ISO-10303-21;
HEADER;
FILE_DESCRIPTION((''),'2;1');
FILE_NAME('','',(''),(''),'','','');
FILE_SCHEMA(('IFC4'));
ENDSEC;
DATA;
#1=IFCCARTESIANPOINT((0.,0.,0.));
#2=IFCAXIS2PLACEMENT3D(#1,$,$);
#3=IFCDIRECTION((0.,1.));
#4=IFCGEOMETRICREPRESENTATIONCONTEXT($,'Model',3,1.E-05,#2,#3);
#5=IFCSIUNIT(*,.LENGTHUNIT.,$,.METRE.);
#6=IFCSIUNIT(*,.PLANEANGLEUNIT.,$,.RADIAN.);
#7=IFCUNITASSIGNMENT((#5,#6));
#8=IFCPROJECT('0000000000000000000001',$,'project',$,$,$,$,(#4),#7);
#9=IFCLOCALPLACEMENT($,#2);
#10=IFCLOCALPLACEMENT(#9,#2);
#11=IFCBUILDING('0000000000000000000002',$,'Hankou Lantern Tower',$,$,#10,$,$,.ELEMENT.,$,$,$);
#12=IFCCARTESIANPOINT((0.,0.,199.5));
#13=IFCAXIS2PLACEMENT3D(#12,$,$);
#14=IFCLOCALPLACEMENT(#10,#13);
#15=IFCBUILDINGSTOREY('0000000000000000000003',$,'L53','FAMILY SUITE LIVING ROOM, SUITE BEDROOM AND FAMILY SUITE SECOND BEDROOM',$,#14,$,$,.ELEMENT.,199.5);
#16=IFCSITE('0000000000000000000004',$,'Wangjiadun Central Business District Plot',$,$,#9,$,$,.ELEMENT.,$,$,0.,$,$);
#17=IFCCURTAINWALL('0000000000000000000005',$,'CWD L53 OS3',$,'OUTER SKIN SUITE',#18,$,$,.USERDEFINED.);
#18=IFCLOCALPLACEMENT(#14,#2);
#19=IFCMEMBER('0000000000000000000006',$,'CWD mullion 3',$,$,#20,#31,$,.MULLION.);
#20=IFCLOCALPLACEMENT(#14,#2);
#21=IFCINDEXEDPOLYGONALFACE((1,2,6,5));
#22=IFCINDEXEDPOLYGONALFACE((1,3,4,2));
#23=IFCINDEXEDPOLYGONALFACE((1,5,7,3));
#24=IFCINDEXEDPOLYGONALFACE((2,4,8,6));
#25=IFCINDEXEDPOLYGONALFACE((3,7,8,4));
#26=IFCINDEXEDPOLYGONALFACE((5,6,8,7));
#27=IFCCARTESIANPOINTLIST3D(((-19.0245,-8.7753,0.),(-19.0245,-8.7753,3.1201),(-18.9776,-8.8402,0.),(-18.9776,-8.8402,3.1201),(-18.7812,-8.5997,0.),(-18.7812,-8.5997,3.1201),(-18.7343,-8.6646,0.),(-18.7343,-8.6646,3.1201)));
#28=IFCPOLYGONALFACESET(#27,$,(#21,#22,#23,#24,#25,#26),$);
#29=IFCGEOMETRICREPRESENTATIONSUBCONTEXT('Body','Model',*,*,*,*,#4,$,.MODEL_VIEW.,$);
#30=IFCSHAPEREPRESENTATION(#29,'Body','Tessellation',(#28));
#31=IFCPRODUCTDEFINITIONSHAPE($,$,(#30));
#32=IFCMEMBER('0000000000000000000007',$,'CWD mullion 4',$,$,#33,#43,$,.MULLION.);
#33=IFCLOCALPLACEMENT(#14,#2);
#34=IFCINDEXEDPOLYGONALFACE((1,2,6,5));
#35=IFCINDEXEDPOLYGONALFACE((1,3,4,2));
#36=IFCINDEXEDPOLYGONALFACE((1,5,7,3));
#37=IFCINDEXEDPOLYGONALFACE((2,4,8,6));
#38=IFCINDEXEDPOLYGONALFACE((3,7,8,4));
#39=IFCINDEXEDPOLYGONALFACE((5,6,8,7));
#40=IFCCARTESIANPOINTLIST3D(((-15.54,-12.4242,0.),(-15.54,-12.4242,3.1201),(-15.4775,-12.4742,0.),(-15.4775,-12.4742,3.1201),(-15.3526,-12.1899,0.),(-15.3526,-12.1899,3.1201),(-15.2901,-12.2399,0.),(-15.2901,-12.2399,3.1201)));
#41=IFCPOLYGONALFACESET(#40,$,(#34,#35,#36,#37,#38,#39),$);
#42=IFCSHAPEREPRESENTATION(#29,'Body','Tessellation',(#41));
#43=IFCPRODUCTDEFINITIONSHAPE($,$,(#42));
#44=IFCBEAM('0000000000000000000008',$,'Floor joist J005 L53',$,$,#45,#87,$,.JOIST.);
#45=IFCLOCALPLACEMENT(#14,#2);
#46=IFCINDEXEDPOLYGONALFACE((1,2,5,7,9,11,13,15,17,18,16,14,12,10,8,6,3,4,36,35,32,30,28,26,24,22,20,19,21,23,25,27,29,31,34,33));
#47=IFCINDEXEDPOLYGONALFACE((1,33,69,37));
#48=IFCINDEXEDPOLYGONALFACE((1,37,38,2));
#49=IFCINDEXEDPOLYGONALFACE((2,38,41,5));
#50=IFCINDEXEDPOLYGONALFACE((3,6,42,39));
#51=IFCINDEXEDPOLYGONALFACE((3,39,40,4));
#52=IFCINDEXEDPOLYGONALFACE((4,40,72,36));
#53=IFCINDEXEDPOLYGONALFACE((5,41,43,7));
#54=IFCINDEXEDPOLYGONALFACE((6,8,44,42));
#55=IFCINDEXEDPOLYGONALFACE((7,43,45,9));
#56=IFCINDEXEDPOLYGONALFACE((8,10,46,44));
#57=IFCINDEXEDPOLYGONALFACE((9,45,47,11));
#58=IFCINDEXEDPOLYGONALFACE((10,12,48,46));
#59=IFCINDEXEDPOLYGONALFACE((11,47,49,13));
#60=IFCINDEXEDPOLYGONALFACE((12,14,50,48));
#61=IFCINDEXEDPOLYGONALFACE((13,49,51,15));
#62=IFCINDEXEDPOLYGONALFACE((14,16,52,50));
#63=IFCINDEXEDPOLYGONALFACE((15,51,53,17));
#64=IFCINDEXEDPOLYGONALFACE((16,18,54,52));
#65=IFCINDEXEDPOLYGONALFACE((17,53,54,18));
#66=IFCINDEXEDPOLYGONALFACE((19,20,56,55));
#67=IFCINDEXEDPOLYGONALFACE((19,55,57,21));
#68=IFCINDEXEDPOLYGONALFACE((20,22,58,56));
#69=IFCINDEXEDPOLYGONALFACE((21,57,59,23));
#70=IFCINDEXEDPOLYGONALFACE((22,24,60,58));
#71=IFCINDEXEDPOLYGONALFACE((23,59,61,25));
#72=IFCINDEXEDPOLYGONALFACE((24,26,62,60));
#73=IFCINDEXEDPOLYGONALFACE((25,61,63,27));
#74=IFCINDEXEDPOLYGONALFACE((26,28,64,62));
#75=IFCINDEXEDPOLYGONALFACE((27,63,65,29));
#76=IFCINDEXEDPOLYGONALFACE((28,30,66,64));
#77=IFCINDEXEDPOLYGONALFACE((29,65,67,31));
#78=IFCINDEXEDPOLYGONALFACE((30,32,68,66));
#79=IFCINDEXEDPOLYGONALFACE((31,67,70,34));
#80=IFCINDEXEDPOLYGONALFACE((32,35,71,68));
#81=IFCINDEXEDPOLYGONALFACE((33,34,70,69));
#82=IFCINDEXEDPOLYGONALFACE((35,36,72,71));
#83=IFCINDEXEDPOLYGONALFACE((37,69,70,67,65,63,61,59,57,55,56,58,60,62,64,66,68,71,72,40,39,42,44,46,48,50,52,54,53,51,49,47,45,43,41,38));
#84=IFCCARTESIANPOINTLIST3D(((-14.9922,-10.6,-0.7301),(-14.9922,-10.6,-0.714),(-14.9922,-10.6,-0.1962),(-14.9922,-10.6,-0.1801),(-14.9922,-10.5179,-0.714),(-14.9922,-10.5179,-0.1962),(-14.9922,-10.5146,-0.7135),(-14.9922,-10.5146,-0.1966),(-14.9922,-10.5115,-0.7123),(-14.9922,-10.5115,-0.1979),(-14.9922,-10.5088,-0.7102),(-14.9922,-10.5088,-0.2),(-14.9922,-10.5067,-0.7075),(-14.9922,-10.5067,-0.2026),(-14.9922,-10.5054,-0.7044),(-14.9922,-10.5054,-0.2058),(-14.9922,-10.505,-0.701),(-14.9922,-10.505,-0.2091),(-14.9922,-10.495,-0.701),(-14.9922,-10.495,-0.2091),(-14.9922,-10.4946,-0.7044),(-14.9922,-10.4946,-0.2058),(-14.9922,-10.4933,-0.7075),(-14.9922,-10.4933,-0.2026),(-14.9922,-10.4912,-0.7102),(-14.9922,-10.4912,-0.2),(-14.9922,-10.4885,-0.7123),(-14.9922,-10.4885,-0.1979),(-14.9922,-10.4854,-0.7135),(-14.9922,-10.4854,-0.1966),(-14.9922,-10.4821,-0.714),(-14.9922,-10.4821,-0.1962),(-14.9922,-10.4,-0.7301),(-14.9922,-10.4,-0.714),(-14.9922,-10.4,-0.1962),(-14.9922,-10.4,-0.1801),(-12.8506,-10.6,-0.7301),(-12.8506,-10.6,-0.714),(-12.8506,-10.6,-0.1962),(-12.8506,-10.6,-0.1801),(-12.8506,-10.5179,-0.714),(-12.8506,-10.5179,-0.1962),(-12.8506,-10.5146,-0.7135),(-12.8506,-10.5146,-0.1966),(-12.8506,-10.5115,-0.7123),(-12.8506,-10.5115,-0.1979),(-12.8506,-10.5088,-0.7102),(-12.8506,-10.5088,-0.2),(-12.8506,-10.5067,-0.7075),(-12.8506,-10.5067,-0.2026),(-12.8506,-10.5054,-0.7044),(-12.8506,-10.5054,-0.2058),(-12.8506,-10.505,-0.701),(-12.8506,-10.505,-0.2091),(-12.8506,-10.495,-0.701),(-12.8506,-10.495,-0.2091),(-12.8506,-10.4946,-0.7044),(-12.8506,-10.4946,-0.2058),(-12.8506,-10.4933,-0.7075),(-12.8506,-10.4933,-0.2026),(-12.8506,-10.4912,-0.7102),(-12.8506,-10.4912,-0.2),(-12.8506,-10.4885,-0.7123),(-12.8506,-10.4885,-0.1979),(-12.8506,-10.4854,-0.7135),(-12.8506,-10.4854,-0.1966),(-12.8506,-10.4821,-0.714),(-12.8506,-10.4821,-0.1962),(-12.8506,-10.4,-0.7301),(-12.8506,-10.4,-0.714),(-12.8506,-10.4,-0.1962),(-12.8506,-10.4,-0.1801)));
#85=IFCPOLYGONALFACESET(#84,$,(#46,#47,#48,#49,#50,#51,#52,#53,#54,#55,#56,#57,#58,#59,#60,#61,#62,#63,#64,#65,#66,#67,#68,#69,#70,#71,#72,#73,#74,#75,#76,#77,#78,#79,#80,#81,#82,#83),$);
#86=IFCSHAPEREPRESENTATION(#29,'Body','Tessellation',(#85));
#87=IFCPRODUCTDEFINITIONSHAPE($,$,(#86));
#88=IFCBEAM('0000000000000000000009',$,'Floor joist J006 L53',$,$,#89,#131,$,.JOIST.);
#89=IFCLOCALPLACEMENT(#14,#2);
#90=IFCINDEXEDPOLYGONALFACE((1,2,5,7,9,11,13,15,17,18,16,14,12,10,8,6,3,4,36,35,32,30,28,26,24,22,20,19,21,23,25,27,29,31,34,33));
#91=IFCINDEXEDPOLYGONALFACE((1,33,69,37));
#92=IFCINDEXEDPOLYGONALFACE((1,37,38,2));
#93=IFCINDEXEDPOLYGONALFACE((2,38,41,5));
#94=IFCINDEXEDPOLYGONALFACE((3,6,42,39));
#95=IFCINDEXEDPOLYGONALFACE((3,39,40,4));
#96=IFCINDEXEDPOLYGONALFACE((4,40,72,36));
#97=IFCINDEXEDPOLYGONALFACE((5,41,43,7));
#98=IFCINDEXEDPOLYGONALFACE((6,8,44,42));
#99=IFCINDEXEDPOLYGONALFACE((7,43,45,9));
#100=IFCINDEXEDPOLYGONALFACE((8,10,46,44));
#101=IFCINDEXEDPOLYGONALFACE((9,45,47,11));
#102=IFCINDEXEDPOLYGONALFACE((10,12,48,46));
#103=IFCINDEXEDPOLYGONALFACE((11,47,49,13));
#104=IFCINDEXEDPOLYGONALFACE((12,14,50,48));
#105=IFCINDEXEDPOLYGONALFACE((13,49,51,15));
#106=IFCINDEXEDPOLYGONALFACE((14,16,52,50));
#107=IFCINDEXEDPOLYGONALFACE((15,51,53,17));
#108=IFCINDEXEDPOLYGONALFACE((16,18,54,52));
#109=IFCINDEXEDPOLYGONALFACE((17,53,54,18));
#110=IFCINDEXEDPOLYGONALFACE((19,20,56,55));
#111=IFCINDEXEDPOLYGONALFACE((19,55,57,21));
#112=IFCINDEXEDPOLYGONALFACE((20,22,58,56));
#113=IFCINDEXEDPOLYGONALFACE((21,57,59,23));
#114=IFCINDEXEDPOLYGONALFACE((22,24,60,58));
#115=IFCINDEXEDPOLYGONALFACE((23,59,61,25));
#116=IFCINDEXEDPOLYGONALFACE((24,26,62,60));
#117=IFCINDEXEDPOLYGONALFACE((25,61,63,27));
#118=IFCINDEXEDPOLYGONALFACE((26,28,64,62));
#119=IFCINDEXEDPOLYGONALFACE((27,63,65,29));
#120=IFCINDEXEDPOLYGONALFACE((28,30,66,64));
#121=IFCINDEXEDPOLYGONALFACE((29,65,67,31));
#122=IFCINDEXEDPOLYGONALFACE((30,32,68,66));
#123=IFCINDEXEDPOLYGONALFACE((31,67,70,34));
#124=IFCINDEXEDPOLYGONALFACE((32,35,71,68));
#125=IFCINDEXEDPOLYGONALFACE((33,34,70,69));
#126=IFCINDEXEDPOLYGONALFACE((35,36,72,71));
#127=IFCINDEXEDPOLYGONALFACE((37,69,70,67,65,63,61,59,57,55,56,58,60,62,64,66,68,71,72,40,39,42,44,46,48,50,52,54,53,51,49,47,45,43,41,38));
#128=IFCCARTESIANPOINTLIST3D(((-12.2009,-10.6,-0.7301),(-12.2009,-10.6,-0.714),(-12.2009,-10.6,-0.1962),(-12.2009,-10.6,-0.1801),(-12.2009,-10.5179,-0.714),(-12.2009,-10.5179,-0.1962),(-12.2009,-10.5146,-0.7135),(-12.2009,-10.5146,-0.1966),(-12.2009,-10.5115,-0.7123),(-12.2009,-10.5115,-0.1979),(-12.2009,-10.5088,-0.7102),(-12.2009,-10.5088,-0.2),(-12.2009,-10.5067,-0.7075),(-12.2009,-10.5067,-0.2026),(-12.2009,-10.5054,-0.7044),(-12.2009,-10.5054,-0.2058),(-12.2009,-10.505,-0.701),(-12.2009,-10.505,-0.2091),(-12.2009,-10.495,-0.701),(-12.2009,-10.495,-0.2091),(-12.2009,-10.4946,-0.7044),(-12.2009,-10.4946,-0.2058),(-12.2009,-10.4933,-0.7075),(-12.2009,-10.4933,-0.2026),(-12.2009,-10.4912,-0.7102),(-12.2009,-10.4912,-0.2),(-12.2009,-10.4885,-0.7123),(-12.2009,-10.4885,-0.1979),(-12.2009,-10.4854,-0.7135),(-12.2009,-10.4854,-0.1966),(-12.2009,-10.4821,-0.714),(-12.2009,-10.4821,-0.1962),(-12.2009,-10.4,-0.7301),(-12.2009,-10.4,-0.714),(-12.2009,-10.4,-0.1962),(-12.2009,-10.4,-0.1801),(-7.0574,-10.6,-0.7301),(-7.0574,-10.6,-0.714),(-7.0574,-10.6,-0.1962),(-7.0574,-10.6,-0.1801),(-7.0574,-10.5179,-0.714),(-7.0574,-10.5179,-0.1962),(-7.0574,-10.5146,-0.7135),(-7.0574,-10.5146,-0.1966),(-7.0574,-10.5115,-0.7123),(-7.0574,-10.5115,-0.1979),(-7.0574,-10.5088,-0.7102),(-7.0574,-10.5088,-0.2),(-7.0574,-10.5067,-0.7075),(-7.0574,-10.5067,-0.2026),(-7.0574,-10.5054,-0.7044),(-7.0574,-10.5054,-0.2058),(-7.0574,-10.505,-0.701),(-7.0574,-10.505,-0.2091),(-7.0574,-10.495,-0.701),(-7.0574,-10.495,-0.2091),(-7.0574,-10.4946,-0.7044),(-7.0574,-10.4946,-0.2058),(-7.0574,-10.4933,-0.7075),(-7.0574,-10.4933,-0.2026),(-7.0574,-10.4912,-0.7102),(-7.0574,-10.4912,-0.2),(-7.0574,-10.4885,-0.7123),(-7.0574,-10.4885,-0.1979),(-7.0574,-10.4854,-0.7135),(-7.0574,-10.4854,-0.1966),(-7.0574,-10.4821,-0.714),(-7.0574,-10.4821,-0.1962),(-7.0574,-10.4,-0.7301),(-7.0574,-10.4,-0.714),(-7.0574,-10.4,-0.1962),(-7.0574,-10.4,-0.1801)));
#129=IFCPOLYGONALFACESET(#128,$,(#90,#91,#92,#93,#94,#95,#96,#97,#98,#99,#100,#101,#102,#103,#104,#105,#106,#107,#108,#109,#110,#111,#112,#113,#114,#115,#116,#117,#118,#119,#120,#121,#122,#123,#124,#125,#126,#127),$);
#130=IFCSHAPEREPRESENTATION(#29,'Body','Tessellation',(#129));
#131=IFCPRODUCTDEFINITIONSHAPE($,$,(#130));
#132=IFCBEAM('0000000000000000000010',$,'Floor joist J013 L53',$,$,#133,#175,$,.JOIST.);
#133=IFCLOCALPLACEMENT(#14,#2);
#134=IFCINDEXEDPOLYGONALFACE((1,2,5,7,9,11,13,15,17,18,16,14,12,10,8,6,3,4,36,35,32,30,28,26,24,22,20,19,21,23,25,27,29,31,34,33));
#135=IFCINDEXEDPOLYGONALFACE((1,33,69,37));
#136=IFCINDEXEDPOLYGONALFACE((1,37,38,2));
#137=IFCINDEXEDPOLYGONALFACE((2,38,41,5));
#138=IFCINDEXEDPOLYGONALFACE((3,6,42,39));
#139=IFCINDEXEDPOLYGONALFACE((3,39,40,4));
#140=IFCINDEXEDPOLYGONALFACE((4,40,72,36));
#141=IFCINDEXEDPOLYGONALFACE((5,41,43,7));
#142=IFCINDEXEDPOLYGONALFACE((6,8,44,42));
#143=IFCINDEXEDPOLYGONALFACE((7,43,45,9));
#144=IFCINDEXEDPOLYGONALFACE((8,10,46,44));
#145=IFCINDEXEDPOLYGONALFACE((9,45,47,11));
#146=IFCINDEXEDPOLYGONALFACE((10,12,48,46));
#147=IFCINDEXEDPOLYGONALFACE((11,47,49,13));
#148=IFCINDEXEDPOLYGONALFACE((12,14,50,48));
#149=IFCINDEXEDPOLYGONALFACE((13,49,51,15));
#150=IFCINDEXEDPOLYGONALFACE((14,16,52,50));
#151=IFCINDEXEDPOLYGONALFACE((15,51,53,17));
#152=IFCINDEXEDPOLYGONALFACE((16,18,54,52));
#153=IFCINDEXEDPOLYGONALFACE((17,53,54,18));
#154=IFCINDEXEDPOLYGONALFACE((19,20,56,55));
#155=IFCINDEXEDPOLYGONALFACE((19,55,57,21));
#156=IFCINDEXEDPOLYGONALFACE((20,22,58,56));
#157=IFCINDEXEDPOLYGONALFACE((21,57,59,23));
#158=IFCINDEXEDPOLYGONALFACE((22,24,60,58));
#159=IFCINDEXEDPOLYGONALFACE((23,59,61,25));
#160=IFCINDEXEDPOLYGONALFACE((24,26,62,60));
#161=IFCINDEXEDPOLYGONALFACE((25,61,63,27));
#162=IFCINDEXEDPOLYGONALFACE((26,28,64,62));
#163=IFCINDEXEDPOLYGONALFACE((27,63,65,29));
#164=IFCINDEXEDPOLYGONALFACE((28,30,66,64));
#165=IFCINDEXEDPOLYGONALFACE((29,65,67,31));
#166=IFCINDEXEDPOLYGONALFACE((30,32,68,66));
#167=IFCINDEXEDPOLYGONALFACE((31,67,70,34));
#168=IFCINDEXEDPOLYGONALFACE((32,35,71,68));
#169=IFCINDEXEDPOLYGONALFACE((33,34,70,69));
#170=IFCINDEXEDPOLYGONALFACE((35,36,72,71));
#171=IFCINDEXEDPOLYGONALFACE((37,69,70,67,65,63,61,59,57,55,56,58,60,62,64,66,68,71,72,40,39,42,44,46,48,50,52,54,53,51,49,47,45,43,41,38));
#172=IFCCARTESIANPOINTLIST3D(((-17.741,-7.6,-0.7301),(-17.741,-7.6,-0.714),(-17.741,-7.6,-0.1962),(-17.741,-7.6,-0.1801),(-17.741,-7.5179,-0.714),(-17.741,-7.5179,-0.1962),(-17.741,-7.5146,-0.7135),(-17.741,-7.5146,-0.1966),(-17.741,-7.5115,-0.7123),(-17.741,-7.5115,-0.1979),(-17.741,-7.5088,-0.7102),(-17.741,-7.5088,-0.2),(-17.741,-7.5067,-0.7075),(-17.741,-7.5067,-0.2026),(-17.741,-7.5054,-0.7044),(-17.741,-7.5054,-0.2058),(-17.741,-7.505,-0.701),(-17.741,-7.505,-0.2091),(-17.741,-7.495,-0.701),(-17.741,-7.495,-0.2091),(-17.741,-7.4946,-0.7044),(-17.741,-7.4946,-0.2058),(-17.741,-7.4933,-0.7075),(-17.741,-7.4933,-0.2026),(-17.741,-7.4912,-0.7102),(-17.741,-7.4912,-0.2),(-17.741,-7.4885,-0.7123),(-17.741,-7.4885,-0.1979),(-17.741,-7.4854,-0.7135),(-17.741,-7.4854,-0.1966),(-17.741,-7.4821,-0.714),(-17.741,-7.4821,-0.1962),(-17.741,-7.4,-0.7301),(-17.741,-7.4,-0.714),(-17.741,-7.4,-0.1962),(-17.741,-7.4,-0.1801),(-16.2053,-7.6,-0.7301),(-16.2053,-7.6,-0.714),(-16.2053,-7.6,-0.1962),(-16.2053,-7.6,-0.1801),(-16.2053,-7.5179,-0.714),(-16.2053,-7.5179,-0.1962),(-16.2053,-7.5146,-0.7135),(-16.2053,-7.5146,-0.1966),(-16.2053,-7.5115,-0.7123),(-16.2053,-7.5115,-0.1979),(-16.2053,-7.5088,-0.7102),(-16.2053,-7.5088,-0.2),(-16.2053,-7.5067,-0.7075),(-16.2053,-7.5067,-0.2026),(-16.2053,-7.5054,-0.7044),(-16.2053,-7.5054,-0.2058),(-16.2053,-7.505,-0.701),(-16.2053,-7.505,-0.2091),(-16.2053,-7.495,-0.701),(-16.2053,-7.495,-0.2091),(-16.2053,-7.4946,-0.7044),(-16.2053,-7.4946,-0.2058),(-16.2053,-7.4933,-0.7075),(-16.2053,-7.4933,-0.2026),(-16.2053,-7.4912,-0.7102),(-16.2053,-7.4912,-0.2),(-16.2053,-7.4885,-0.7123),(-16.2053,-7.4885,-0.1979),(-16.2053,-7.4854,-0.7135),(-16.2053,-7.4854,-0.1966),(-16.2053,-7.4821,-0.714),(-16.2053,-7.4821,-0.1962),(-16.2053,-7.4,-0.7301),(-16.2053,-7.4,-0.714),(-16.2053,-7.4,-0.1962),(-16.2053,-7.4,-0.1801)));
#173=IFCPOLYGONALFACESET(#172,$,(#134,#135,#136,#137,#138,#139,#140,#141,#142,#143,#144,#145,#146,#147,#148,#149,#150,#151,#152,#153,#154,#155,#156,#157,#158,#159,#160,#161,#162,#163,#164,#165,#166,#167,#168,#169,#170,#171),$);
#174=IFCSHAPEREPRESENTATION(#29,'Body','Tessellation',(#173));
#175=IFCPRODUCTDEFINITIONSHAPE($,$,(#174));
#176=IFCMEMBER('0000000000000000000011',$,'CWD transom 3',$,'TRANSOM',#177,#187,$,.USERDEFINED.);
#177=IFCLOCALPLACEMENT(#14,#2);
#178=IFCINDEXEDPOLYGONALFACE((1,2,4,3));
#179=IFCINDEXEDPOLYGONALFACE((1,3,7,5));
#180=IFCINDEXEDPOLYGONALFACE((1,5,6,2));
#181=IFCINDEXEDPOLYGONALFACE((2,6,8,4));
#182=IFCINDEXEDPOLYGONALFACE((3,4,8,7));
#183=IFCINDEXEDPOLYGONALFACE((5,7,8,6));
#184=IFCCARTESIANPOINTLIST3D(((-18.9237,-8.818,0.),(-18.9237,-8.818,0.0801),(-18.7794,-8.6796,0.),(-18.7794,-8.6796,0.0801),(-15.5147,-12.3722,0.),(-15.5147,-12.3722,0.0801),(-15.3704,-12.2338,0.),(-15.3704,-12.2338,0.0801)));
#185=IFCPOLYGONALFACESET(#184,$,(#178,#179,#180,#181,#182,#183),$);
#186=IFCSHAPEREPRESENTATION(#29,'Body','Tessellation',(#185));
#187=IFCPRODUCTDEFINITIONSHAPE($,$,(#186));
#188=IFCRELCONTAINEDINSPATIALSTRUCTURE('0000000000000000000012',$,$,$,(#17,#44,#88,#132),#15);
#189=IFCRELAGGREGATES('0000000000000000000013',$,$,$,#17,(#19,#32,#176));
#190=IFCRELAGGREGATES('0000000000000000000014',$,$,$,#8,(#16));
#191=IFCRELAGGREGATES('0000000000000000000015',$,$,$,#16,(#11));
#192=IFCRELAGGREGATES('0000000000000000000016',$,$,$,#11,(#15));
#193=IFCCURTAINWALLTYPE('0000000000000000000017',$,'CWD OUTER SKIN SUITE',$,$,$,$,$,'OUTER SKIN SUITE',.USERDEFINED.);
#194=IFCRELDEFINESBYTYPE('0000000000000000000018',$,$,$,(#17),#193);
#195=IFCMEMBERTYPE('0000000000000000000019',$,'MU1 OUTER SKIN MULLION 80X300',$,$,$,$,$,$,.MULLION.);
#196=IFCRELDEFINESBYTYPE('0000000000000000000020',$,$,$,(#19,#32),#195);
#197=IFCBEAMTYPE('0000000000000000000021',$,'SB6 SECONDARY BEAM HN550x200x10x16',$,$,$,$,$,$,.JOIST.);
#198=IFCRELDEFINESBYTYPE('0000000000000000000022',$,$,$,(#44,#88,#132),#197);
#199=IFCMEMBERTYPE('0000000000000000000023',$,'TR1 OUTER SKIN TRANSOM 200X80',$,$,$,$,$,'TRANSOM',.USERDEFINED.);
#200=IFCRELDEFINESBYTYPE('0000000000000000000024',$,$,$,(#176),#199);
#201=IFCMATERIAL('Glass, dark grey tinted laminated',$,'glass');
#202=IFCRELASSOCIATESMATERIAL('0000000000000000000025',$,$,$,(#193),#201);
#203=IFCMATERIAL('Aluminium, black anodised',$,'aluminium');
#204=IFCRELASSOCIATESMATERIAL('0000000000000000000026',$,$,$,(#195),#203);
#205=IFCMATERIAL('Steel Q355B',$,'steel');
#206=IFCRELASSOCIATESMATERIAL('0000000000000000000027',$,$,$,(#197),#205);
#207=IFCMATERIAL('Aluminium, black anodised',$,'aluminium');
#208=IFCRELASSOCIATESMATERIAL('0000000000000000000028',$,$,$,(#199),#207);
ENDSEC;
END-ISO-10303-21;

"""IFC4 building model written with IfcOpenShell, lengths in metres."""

from ifc_helpers import new_model, si_unit, direction, frame, origin, origin_2d, place, context, subcontext, project, spatial, rectangle, i_section, extrude, material, material_profile, profile_set, type_object, element, aggregate, save


model = new_model("IFC4")

# Units and contexts
model_context = context("Model", 3, precision=1e-05, world=origin(), true_north=direction((0.0, 1.0)))
body_context = subcontext(model_context, "Body", "Model", "MODEL_VIEW")
ifc_project = project(units=[si_unit("LENGTHUNIT", "METRE"), si_unit("PLANEANGLEUNIT", "RADIAN")], contexts=[model_context])

# Site, building, storey
site_placement = place(None, origin())
site = spatial("IfcSite", under=ifc_project, at=site_placement, Name="Wangjiadun Central Business District Plot", CompositionType="ELEMENT", RefElevation=0.0)
building_placement = place(site_placement, origin())
building = spatial("IfcBuilding", under=site, at=building_placement, Name="Hankou Lantern Tower", CompositionType="ELEMENT")
storey_placement = place(building_placement, frame((0.0, 0.0, 199.5)))
storey = spatial("IfcBuildingStorey", under=building, at=storey_placement, Name="L53", Description="FAMILY SUITE LIVING ROOM, SUITE BEDROOM AND FAMILY SUITE SECOND BEDROOM", CompositionType="ELEMENT", Elevation=199.5)

# Curtain wall, members
ifc_material_1 = material(Name="Glass, dark grey tinted laminated", Category="glass")
curtain_wall_type = type_object("IfcCurtainWallType", Name="CWD OUTER SKIN SUITE", ElementType="OUTER SKIN SUITE", PredefinedType="USERDEFINED", material=ifc_material_1)
curtain_wall_placement = place(storey_placement, origin())
curtain_wall = element("IfcCurtainWall", 1, at=curtain_wall_placement, inside=storey, type_object=curtain_wall_type, Name="CWD L53 OS3", ObjectType="OUTER SKIN SUITE", PredefinedType="USERDEFINED")
ifc_material_2 = material(Name="Aluminium, black anodised", Category="aluminium")
ifc_material_profile_1 = material_profile(ifc_material_2, rectangle(XDim=0.0801, YDim=0.3, at=origin_2d()), Name="MU1 80X300")
ifc_profile_set_1 = profile_set([ifc_material_profile_1], Name="Aluminium, black anodised")
member_type_1 = type_object("IfcMemberType", Name="MU1 OUTER SKIN MULLION 80X300", PredefinedType="MULLION", material=ifc_profile_set_1)
member_1_placement = place(storey_placement, frame((-18.8794, -8.72, 0.0), z_axis=(0.0, 0.0, 1.0), x_axis=(0.585206, -0.810885, 0.0)))
member_1 = element("IfcMember", 2, at=member_1_placement, type_object=member_type_1, Name="CWD mullion 3", PredefinedType="MULLION", context=body_context, shape_type="SweptSolid", body=[
    extrude(rectangle(XDim=0.0801, YDim=0.3, at=origin_2d()), origin(), (0.0, 0.0, 1.0), 3.1201),
])
member_2_placement = place(storey_placement, frame((-15.415, -12.332, 0.0), z_axis=(0.0, 0.0, 1.0), x_axis=(0.780869, -0.624695, 0.0)))
member_2 = element("IfcMember", 3, at=member_2_placement, type_object=member_type_1, Name="CWD mullion 4", PredefinedType="MULLION", context=body_context, shape_type="SweptSolid", body=[
    extrude(rectangle(XDim=0.0801, YDim=0.3, at=origin_2d()), origin(), (0.0, 0.0, 1.0), 3.1201),
])

# Beams
ifc_material_3 = material(Name="Steel Q355B", Category="steel")
ifc_material_profile_2 = material_profile(ifc_material_3, i_section(OverallWidth=0.2, OverallDepth=0.55, WebThickness=0.01, FlangeThickness=0.0161, FilletRadius=0.0129, at=origin_2d()), Name="HN550x200x10x16")
ifc_profile_set_2 = profile_set([ifc_material_profile_2], Name="Steel Q355B")
beam_type_1 = type_object("IfcBeamType", Name="SB6 SECONDARY BEAM HN550x200x10x16", PredefinedType="JOIST", material=ifc_profile_set_2)
beam_1_placement = place(storey_placement, frame((-14.9922, -10.5, -0.4551), z_axis=(1.0, 0.0, 0.0), x_axis=(0.0, 1.0, 0.0)))
element("IfcBeam", 4, at=beam_1_placement, inside=storey, type_object=beam_type_1, Name="Floor joist J005 L53", PredefinedType="JOIST", context=body_context, shape_type="SweptSolid", body=[
    extrude(i_section(OverallWidth=0.2, OverallDepth=0.55, WebThickness=0.01, FlangeThickness=0.0161, FilletRadius=0.0129, at=origin_2d()), origin(), (0.0, 0.0, 1.0), 2.1416),
])
beam_2_placement = place(storey_placement, frame((-12.2009, -10.5, -0.4551), z_axis=(1.0, 0.0, 0.0), x_axis=(0.0, 1.0, 0.0)))
element("IfcBeam", 5, at=beam_2_placement, inside=storey, type_object=beam_type_1, Name="Floor joist J006 L53", PredefinedType="JOIST", context=body_context, shape_type="SweptSolid", body=[
    extrude(i_section(OverallWidth=0.2, OverallDepth=0.55, WebThickness=0.01, FlangeThickness=0.0161, FilletRadius=0.0129, at=origin_2d()), origin(), (0.0, 0.0, 1.0), 5.1436),
])
beam_3_placement = place(storey_placement, frame((-17.741, -7.5, -0.4551), z_axis=(1.0, 0.0, 0.0), x_axis=(0.0, 1.0, 0.0)))
element("IfcBeam", 6, at=beam_3_placement, inside=storey, type_object=beam_type_1, Name="Floor joist J013 L53", PredefinedType="JOIST", context=body_context, shape_type="SweptSolid", body=[
    extrude(i_section(OverallWidth=0.2, OverallDepth=0.55, WebThickness=0.01, FlangeThickness=0.0161, FilletRadius=0.0129, at=origin_2d()), origin(), (0.0, 0.0, 1.0), 1.5356),
])

# Member
ifc_material_4 = material(Name="Aluminium, black anodised", Category="aluminium")
ifc_material_profile_3 = material_profile(ifc_material_4, rectangle(XDim=0.2, YDim=0.0801, at=origin_2d()), Name="TR1 200X80")
ifc_profile_set_3 = profile_set([ifc_material_profile_3], Name="Aluminium, black anodised")
member_type_2 = type_object("IfcMemberType", Name="TR1 OUTER SKIN TRANSOM 200X80", ElementType="TRANSOM", PredefinedType="USERDEFINED", material=ifc_profile_set_3)
member_3_placement = place(storey_placement, frame((-18.8516, -8.7488, 0.04), z_axis=(0.692205, -0.721701, 0.0), x_axis=(0.721701, 0.692205, 0.0)))
member_3 = element("IfcMember", 7, at=member_3_placement, type_object=member_type_2, Name="CWD transom 3", ObjectType="TRANSOM", PredefinedType="USERDEFINED", context=body_context, shape_type="SweptSolid", body=[
    extrude(rectangle(XDim=0.2, YDim=0.0801, at=origin_2d()), origin(), (0.0, 0.0, 1.0), 4.9248),
])

aggregate(curtain_wall, [member_1, member_2, member_3])

save(model, "model.ifc")
